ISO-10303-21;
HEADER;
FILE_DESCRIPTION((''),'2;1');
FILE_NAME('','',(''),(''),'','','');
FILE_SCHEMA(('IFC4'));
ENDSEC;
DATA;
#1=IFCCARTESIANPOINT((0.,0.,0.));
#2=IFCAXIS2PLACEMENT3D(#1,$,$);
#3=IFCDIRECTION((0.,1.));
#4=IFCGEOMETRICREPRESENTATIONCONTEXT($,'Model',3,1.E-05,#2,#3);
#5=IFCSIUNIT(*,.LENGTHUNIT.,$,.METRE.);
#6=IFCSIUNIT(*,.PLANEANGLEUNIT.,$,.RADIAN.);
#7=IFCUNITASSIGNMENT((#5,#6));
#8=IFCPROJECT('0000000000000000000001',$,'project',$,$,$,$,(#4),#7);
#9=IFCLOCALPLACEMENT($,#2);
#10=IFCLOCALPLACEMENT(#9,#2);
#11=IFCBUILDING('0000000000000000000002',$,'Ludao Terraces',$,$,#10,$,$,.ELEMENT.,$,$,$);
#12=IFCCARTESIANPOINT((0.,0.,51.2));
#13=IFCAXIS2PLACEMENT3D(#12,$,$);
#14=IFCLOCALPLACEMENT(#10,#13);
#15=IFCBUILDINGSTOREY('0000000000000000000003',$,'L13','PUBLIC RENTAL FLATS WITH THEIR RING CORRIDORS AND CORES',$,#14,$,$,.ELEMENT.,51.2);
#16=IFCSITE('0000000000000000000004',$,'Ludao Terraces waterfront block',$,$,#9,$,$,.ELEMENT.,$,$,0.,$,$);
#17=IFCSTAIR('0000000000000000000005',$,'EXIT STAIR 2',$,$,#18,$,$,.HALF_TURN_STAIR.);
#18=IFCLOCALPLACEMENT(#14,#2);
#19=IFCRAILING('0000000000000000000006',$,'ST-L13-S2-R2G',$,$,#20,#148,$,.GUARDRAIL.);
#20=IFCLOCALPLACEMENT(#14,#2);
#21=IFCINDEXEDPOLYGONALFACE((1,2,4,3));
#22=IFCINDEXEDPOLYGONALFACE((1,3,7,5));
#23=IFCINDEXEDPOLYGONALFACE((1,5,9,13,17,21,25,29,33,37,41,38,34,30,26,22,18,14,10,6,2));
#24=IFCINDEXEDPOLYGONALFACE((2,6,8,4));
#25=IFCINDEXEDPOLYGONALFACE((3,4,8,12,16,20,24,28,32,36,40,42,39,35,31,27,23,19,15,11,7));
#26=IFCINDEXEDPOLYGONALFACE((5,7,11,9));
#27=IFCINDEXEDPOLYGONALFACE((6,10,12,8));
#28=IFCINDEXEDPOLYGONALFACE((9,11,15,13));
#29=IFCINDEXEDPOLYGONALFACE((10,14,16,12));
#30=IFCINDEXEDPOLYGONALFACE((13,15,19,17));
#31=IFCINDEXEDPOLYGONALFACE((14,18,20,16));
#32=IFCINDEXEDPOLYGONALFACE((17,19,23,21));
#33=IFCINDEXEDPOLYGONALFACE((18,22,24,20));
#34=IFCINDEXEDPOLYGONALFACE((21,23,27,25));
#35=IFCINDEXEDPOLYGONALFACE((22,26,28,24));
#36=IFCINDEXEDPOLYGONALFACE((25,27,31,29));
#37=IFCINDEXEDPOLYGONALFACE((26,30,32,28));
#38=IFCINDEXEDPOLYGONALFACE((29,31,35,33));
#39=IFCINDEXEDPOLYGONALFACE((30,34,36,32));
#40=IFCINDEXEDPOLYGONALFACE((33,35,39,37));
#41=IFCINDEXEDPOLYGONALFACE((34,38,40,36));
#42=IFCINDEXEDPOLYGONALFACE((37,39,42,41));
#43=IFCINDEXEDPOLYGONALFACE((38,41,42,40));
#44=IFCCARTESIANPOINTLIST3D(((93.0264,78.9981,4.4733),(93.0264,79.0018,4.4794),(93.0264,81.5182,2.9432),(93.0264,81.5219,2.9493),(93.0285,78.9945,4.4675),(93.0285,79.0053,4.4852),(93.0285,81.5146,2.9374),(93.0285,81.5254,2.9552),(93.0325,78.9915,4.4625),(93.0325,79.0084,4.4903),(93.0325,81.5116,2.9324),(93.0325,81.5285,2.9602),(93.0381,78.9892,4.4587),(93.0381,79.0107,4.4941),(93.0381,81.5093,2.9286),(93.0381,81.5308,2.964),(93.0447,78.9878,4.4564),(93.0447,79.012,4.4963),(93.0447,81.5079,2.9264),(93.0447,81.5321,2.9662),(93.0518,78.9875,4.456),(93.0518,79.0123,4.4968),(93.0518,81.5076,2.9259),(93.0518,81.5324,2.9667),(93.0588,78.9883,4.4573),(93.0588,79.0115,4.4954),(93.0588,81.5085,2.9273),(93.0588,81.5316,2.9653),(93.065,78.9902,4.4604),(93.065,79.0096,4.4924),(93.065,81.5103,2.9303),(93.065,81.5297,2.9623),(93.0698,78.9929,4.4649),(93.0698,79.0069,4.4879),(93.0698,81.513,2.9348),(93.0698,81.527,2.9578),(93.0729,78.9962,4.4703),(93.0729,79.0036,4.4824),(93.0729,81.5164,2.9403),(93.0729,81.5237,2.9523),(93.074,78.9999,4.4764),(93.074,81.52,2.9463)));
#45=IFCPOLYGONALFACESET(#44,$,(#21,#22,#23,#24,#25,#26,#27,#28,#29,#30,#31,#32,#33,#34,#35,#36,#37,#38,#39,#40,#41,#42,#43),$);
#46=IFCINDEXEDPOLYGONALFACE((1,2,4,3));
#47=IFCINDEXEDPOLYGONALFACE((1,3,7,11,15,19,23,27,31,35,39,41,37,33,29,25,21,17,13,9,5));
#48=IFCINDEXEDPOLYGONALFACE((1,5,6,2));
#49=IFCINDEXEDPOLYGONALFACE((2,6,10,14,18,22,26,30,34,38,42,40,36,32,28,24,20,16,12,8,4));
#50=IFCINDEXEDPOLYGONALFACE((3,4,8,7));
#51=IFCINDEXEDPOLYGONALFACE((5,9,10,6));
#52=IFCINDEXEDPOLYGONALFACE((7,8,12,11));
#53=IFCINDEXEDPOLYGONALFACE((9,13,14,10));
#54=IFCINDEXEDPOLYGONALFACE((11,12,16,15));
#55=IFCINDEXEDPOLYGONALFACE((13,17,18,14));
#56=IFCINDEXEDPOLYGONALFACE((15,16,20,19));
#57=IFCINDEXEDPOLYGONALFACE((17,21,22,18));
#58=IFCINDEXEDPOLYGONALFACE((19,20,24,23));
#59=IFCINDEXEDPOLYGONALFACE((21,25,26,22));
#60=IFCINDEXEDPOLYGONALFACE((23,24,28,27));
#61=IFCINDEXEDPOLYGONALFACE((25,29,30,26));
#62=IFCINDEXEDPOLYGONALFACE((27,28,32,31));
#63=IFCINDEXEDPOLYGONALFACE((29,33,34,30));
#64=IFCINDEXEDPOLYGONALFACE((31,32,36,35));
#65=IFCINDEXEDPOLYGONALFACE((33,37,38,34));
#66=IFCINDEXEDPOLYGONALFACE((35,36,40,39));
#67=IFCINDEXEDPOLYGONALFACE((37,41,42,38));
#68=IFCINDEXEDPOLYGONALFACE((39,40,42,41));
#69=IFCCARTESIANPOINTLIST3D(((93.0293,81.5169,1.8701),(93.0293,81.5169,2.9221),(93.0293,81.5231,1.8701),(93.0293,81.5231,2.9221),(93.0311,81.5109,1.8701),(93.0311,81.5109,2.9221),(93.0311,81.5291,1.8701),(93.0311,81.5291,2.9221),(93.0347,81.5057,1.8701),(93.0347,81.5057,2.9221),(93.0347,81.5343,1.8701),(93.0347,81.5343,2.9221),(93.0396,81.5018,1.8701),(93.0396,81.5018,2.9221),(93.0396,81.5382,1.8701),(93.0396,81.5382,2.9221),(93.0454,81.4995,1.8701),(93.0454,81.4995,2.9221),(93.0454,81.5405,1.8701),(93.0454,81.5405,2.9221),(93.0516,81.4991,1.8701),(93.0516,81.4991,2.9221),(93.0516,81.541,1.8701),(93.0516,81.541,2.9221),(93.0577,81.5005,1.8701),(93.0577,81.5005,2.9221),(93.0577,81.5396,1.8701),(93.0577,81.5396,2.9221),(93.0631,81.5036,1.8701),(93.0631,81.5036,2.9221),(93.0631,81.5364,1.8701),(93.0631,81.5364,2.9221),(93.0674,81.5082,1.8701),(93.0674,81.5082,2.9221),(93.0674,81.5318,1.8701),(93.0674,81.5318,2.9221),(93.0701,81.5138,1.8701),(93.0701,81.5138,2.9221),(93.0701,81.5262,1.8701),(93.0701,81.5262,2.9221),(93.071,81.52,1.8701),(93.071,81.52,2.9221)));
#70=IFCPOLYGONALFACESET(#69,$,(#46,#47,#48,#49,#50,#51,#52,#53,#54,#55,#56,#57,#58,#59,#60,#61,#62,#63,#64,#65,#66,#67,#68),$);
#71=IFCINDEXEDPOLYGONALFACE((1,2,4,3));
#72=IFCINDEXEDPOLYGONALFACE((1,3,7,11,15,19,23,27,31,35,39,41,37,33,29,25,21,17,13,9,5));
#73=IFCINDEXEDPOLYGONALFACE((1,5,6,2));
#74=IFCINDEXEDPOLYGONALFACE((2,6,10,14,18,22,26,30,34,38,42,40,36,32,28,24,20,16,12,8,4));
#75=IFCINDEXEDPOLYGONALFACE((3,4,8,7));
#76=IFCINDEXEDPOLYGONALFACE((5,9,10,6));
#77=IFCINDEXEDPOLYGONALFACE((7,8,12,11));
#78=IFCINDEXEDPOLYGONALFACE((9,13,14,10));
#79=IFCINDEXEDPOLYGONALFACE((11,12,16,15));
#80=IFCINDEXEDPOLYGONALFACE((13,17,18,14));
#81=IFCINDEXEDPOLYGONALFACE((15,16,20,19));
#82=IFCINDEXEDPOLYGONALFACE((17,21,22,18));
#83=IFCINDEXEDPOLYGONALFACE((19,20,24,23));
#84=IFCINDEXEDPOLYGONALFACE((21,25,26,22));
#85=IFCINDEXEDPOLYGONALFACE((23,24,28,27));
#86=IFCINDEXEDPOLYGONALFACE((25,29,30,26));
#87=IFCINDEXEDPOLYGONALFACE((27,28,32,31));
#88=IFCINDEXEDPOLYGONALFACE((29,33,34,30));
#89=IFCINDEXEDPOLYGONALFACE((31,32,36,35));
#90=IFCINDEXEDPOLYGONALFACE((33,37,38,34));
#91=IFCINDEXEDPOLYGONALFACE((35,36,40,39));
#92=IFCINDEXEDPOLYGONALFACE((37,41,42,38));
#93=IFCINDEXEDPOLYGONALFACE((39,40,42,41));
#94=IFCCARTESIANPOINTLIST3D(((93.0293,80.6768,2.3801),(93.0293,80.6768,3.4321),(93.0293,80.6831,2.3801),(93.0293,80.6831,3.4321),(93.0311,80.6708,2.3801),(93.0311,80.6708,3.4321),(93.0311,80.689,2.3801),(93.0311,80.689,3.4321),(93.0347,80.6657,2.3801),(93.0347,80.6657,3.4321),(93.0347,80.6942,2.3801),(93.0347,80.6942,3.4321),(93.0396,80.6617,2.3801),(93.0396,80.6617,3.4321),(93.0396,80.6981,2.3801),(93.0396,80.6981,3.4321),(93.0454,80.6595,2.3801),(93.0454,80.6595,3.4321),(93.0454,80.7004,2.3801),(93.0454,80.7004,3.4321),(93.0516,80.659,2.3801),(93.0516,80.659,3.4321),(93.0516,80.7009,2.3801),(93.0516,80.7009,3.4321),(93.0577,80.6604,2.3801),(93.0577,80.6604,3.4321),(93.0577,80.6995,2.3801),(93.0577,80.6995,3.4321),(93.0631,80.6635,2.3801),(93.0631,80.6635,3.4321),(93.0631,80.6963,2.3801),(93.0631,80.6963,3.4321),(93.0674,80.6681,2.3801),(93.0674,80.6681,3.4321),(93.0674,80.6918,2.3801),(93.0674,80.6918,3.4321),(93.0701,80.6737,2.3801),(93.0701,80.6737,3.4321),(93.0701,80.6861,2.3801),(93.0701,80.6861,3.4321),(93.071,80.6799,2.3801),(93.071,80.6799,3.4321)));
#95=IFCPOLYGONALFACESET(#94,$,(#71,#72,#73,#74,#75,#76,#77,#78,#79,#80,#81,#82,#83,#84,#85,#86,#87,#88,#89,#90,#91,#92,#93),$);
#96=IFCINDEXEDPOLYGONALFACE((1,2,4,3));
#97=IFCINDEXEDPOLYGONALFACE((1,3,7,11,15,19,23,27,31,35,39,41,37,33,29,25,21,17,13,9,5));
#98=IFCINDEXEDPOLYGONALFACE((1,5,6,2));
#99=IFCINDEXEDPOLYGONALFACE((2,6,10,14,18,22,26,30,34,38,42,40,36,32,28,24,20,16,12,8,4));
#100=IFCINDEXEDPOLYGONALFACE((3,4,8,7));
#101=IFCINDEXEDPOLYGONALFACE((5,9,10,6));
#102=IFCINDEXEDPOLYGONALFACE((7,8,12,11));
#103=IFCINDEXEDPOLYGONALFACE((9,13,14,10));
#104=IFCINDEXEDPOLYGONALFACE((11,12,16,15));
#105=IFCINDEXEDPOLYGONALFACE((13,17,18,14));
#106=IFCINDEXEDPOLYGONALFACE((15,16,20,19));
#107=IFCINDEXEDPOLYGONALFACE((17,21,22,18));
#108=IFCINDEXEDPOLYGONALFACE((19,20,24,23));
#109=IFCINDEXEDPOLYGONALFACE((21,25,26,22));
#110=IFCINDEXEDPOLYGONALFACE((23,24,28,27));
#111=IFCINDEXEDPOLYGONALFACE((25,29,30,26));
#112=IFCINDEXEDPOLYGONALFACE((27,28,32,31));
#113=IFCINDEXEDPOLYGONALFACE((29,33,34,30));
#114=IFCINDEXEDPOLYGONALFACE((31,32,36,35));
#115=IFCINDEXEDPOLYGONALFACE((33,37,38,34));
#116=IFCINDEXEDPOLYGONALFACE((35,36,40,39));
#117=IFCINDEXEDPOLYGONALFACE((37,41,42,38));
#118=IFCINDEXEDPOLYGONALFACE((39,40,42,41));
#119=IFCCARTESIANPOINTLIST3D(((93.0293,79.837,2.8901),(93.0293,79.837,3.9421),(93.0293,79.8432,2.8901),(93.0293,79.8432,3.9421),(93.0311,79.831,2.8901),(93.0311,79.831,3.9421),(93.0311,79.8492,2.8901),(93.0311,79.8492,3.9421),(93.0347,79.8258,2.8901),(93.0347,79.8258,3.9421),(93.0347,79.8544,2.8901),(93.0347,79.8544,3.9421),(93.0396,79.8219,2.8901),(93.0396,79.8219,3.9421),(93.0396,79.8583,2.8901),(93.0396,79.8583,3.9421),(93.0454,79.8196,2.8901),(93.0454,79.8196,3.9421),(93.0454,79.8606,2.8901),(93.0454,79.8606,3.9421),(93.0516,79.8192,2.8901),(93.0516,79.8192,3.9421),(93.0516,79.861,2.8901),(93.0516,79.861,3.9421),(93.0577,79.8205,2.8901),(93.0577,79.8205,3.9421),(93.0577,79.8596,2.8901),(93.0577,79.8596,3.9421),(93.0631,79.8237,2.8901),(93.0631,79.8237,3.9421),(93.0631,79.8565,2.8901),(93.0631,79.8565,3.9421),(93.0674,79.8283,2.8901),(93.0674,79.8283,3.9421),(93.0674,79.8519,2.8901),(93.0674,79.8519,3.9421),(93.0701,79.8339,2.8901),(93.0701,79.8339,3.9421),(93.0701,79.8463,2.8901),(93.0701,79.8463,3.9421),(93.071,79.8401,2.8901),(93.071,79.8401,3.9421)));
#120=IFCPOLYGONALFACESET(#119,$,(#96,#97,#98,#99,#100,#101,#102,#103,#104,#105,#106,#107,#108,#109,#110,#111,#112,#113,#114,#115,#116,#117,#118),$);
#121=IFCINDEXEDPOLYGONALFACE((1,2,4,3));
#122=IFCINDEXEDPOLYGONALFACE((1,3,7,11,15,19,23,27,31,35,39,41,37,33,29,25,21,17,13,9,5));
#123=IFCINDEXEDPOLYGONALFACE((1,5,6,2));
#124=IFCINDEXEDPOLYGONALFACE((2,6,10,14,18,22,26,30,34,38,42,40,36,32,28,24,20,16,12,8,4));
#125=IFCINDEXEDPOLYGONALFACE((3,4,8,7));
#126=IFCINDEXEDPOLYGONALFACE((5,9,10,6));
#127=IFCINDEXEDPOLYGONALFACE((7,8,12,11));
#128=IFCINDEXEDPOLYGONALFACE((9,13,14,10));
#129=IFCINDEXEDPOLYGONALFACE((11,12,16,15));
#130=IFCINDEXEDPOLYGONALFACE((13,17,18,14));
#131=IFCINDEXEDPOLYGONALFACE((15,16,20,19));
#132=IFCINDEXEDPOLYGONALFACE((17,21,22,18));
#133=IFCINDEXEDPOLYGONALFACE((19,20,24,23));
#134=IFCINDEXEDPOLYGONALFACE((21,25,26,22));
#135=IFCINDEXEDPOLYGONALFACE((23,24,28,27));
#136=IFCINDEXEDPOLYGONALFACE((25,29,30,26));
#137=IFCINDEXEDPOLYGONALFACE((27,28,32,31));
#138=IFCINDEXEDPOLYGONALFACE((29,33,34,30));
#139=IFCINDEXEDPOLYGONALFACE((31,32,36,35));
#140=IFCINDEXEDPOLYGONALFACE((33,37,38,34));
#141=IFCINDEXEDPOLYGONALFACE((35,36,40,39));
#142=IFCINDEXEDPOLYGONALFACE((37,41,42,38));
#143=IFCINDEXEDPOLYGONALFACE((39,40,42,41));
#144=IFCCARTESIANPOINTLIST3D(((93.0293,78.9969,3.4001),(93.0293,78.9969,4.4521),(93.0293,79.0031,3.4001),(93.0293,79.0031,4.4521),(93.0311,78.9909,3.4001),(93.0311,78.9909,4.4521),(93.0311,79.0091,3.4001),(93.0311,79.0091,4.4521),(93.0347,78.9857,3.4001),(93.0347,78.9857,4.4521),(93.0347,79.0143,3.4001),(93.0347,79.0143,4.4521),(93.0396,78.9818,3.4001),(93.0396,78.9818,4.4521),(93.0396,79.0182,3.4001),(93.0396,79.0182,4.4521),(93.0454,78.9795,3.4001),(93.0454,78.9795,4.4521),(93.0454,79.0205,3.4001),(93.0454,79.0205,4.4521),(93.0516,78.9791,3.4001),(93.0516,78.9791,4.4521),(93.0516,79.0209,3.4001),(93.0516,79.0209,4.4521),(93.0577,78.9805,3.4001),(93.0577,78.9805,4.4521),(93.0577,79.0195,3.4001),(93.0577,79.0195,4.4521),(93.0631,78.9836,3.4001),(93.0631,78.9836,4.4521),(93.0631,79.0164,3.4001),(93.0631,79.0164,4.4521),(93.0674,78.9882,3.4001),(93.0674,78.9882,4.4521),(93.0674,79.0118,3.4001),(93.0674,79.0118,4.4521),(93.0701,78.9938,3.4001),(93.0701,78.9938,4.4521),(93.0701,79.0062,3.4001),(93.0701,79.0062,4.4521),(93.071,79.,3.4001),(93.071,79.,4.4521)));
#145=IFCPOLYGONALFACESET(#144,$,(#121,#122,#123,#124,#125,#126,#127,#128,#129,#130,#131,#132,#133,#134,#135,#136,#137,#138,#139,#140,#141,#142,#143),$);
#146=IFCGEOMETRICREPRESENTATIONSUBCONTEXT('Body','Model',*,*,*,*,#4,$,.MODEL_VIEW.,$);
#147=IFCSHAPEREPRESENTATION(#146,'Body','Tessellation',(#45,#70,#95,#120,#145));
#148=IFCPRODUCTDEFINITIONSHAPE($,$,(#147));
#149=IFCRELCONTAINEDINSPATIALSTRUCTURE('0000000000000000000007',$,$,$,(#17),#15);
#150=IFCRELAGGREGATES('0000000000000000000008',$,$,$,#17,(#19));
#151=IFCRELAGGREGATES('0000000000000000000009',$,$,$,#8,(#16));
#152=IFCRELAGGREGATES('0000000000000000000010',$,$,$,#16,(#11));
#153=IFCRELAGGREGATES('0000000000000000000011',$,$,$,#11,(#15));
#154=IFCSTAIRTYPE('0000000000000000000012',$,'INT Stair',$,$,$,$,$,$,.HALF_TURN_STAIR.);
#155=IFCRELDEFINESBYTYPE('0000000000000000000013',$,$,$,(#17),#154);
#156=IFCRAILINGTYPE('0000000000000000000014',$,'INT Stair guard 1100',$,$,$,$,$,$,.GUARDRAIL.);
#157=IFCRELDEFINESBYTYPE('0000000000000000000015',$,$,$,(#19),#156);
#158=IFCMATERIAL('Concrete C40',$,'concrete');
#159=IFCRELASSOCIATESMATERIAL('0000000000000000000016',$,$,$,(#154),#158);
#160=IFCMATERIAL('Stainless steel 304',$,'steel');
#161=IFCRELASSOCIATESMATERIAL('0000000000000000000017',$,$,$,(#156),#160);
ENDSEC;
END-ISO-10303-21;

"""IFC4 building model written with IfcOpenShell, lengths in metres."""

from ifc_helpers import new_model, si_unit, direction, frame, origin, origin_2d, place, context, subcontext, project, spatial, circle, extrude, material, type_object, element, aggregate, save


model = new_model("IFC4")

# Units and contexts
model_context = context("Model", 3, precision=1e-05, world=origin(), true_north=direction((0.0, 1.0)))
body_context = subcontext(model_context, "Body", "Model", "MODEL_VIEW")
ifc_project = project(units=[si_unit("LENGTHUNIT", "METRE"), si_unit("PLANEANGLEUNIT", "RADIAN")], contexts=[model_context])

# Site, building, storey
site_placement = place(None, origin())
site = spatial("IfcSite", under=ifc_project, at=site_placement, Name="Ludao Terraces waterfront block", CompositionType="ELEMENT", RefElevation=0.0)
building_placement = place(site_placement, origin())
building = spatial("IfcBuilding", under=site, at=building_placement, Name="Ludao Terraces", CompositionType="ELEMENT")
storey_placement = place(building_placement, frame((0.0, 0.0, 51.2)))
storey = spatial("IfcBuildingStorey", under=building, at=storey_placement, Name="L13", Description="PUBLIC RENTAL FLATS WITH THEIR RING CORRIDORS AND CORES", CompositionType="ELEMENT", Elevation=51.2)

# Shared definitions
ifc_material_1 = material(Name="Stainless steel 304", Category="steel")

# Stair, railing
ifc_material_2 = material(Name="Concrete C40", Category="concrete")
stair_type = type_object("IfcStairType", Name="INT Stair", PredefinedType="HALF_TURN_STAIR", material=ifc_material_2)
stair_placement = place(storey_placement, origin())
stair = element("IfcStair", 1, at=stair_placement, inside=storey, type_object=stair_type, Name="EXIT STAIR 2", PredefinedType="HALF_TURN_STAIR")
railing_type = type_object("IfcRailingType", Name="INT Stair guard 1100", PredefinedType="GUARDRAIL", material=ifc_material_1)
railing_1_placement = place(storey_placement, frame((93.05, 81.52, 1.8701)))
railing_1 = element("IfcRailing", 2, at=railing_1_placement, type_object=railing_type, Name="ST-L13-S2-R2G", PredefinedType="GUARDRAIL", context=body_context, shape_type="SweptSolid", body=[
    extrude(circle(Radius=0.0239, at=origin_2d()), frame((0.0, 0.0, 1.0762), z_axis=(0.0, -0.854785, 0.518982), x_axis=(1.0, 0.0, 0.0)), (0.0, 0.0, 1.0), 2.9482),
    extrude(circle(Radius=0.021, at=origin_2d()), origin(), (0.0, 0.0, 1.0), 1.052),
    extrude(circle(Radius=0.021, at=origin_2d()), frame((0.0, -0.8401, 0.51)), (0.0, 0.0, 1.0), 1.052),
    extrude(circle(Radius=0.021, at=origin_2d()), frame((0.0, -1.6799, 1.02)), (0.0, 0.0, 1.0), 1.052),
    extrude(circle(Radius=0.021, at=origin_2d()), frame((0.0, -2.52, 1.53)), (0.0, 0.0, 1.0), 1.052),
])
aggregate(stair, [railing_1])

save(model, "model.ifc")
